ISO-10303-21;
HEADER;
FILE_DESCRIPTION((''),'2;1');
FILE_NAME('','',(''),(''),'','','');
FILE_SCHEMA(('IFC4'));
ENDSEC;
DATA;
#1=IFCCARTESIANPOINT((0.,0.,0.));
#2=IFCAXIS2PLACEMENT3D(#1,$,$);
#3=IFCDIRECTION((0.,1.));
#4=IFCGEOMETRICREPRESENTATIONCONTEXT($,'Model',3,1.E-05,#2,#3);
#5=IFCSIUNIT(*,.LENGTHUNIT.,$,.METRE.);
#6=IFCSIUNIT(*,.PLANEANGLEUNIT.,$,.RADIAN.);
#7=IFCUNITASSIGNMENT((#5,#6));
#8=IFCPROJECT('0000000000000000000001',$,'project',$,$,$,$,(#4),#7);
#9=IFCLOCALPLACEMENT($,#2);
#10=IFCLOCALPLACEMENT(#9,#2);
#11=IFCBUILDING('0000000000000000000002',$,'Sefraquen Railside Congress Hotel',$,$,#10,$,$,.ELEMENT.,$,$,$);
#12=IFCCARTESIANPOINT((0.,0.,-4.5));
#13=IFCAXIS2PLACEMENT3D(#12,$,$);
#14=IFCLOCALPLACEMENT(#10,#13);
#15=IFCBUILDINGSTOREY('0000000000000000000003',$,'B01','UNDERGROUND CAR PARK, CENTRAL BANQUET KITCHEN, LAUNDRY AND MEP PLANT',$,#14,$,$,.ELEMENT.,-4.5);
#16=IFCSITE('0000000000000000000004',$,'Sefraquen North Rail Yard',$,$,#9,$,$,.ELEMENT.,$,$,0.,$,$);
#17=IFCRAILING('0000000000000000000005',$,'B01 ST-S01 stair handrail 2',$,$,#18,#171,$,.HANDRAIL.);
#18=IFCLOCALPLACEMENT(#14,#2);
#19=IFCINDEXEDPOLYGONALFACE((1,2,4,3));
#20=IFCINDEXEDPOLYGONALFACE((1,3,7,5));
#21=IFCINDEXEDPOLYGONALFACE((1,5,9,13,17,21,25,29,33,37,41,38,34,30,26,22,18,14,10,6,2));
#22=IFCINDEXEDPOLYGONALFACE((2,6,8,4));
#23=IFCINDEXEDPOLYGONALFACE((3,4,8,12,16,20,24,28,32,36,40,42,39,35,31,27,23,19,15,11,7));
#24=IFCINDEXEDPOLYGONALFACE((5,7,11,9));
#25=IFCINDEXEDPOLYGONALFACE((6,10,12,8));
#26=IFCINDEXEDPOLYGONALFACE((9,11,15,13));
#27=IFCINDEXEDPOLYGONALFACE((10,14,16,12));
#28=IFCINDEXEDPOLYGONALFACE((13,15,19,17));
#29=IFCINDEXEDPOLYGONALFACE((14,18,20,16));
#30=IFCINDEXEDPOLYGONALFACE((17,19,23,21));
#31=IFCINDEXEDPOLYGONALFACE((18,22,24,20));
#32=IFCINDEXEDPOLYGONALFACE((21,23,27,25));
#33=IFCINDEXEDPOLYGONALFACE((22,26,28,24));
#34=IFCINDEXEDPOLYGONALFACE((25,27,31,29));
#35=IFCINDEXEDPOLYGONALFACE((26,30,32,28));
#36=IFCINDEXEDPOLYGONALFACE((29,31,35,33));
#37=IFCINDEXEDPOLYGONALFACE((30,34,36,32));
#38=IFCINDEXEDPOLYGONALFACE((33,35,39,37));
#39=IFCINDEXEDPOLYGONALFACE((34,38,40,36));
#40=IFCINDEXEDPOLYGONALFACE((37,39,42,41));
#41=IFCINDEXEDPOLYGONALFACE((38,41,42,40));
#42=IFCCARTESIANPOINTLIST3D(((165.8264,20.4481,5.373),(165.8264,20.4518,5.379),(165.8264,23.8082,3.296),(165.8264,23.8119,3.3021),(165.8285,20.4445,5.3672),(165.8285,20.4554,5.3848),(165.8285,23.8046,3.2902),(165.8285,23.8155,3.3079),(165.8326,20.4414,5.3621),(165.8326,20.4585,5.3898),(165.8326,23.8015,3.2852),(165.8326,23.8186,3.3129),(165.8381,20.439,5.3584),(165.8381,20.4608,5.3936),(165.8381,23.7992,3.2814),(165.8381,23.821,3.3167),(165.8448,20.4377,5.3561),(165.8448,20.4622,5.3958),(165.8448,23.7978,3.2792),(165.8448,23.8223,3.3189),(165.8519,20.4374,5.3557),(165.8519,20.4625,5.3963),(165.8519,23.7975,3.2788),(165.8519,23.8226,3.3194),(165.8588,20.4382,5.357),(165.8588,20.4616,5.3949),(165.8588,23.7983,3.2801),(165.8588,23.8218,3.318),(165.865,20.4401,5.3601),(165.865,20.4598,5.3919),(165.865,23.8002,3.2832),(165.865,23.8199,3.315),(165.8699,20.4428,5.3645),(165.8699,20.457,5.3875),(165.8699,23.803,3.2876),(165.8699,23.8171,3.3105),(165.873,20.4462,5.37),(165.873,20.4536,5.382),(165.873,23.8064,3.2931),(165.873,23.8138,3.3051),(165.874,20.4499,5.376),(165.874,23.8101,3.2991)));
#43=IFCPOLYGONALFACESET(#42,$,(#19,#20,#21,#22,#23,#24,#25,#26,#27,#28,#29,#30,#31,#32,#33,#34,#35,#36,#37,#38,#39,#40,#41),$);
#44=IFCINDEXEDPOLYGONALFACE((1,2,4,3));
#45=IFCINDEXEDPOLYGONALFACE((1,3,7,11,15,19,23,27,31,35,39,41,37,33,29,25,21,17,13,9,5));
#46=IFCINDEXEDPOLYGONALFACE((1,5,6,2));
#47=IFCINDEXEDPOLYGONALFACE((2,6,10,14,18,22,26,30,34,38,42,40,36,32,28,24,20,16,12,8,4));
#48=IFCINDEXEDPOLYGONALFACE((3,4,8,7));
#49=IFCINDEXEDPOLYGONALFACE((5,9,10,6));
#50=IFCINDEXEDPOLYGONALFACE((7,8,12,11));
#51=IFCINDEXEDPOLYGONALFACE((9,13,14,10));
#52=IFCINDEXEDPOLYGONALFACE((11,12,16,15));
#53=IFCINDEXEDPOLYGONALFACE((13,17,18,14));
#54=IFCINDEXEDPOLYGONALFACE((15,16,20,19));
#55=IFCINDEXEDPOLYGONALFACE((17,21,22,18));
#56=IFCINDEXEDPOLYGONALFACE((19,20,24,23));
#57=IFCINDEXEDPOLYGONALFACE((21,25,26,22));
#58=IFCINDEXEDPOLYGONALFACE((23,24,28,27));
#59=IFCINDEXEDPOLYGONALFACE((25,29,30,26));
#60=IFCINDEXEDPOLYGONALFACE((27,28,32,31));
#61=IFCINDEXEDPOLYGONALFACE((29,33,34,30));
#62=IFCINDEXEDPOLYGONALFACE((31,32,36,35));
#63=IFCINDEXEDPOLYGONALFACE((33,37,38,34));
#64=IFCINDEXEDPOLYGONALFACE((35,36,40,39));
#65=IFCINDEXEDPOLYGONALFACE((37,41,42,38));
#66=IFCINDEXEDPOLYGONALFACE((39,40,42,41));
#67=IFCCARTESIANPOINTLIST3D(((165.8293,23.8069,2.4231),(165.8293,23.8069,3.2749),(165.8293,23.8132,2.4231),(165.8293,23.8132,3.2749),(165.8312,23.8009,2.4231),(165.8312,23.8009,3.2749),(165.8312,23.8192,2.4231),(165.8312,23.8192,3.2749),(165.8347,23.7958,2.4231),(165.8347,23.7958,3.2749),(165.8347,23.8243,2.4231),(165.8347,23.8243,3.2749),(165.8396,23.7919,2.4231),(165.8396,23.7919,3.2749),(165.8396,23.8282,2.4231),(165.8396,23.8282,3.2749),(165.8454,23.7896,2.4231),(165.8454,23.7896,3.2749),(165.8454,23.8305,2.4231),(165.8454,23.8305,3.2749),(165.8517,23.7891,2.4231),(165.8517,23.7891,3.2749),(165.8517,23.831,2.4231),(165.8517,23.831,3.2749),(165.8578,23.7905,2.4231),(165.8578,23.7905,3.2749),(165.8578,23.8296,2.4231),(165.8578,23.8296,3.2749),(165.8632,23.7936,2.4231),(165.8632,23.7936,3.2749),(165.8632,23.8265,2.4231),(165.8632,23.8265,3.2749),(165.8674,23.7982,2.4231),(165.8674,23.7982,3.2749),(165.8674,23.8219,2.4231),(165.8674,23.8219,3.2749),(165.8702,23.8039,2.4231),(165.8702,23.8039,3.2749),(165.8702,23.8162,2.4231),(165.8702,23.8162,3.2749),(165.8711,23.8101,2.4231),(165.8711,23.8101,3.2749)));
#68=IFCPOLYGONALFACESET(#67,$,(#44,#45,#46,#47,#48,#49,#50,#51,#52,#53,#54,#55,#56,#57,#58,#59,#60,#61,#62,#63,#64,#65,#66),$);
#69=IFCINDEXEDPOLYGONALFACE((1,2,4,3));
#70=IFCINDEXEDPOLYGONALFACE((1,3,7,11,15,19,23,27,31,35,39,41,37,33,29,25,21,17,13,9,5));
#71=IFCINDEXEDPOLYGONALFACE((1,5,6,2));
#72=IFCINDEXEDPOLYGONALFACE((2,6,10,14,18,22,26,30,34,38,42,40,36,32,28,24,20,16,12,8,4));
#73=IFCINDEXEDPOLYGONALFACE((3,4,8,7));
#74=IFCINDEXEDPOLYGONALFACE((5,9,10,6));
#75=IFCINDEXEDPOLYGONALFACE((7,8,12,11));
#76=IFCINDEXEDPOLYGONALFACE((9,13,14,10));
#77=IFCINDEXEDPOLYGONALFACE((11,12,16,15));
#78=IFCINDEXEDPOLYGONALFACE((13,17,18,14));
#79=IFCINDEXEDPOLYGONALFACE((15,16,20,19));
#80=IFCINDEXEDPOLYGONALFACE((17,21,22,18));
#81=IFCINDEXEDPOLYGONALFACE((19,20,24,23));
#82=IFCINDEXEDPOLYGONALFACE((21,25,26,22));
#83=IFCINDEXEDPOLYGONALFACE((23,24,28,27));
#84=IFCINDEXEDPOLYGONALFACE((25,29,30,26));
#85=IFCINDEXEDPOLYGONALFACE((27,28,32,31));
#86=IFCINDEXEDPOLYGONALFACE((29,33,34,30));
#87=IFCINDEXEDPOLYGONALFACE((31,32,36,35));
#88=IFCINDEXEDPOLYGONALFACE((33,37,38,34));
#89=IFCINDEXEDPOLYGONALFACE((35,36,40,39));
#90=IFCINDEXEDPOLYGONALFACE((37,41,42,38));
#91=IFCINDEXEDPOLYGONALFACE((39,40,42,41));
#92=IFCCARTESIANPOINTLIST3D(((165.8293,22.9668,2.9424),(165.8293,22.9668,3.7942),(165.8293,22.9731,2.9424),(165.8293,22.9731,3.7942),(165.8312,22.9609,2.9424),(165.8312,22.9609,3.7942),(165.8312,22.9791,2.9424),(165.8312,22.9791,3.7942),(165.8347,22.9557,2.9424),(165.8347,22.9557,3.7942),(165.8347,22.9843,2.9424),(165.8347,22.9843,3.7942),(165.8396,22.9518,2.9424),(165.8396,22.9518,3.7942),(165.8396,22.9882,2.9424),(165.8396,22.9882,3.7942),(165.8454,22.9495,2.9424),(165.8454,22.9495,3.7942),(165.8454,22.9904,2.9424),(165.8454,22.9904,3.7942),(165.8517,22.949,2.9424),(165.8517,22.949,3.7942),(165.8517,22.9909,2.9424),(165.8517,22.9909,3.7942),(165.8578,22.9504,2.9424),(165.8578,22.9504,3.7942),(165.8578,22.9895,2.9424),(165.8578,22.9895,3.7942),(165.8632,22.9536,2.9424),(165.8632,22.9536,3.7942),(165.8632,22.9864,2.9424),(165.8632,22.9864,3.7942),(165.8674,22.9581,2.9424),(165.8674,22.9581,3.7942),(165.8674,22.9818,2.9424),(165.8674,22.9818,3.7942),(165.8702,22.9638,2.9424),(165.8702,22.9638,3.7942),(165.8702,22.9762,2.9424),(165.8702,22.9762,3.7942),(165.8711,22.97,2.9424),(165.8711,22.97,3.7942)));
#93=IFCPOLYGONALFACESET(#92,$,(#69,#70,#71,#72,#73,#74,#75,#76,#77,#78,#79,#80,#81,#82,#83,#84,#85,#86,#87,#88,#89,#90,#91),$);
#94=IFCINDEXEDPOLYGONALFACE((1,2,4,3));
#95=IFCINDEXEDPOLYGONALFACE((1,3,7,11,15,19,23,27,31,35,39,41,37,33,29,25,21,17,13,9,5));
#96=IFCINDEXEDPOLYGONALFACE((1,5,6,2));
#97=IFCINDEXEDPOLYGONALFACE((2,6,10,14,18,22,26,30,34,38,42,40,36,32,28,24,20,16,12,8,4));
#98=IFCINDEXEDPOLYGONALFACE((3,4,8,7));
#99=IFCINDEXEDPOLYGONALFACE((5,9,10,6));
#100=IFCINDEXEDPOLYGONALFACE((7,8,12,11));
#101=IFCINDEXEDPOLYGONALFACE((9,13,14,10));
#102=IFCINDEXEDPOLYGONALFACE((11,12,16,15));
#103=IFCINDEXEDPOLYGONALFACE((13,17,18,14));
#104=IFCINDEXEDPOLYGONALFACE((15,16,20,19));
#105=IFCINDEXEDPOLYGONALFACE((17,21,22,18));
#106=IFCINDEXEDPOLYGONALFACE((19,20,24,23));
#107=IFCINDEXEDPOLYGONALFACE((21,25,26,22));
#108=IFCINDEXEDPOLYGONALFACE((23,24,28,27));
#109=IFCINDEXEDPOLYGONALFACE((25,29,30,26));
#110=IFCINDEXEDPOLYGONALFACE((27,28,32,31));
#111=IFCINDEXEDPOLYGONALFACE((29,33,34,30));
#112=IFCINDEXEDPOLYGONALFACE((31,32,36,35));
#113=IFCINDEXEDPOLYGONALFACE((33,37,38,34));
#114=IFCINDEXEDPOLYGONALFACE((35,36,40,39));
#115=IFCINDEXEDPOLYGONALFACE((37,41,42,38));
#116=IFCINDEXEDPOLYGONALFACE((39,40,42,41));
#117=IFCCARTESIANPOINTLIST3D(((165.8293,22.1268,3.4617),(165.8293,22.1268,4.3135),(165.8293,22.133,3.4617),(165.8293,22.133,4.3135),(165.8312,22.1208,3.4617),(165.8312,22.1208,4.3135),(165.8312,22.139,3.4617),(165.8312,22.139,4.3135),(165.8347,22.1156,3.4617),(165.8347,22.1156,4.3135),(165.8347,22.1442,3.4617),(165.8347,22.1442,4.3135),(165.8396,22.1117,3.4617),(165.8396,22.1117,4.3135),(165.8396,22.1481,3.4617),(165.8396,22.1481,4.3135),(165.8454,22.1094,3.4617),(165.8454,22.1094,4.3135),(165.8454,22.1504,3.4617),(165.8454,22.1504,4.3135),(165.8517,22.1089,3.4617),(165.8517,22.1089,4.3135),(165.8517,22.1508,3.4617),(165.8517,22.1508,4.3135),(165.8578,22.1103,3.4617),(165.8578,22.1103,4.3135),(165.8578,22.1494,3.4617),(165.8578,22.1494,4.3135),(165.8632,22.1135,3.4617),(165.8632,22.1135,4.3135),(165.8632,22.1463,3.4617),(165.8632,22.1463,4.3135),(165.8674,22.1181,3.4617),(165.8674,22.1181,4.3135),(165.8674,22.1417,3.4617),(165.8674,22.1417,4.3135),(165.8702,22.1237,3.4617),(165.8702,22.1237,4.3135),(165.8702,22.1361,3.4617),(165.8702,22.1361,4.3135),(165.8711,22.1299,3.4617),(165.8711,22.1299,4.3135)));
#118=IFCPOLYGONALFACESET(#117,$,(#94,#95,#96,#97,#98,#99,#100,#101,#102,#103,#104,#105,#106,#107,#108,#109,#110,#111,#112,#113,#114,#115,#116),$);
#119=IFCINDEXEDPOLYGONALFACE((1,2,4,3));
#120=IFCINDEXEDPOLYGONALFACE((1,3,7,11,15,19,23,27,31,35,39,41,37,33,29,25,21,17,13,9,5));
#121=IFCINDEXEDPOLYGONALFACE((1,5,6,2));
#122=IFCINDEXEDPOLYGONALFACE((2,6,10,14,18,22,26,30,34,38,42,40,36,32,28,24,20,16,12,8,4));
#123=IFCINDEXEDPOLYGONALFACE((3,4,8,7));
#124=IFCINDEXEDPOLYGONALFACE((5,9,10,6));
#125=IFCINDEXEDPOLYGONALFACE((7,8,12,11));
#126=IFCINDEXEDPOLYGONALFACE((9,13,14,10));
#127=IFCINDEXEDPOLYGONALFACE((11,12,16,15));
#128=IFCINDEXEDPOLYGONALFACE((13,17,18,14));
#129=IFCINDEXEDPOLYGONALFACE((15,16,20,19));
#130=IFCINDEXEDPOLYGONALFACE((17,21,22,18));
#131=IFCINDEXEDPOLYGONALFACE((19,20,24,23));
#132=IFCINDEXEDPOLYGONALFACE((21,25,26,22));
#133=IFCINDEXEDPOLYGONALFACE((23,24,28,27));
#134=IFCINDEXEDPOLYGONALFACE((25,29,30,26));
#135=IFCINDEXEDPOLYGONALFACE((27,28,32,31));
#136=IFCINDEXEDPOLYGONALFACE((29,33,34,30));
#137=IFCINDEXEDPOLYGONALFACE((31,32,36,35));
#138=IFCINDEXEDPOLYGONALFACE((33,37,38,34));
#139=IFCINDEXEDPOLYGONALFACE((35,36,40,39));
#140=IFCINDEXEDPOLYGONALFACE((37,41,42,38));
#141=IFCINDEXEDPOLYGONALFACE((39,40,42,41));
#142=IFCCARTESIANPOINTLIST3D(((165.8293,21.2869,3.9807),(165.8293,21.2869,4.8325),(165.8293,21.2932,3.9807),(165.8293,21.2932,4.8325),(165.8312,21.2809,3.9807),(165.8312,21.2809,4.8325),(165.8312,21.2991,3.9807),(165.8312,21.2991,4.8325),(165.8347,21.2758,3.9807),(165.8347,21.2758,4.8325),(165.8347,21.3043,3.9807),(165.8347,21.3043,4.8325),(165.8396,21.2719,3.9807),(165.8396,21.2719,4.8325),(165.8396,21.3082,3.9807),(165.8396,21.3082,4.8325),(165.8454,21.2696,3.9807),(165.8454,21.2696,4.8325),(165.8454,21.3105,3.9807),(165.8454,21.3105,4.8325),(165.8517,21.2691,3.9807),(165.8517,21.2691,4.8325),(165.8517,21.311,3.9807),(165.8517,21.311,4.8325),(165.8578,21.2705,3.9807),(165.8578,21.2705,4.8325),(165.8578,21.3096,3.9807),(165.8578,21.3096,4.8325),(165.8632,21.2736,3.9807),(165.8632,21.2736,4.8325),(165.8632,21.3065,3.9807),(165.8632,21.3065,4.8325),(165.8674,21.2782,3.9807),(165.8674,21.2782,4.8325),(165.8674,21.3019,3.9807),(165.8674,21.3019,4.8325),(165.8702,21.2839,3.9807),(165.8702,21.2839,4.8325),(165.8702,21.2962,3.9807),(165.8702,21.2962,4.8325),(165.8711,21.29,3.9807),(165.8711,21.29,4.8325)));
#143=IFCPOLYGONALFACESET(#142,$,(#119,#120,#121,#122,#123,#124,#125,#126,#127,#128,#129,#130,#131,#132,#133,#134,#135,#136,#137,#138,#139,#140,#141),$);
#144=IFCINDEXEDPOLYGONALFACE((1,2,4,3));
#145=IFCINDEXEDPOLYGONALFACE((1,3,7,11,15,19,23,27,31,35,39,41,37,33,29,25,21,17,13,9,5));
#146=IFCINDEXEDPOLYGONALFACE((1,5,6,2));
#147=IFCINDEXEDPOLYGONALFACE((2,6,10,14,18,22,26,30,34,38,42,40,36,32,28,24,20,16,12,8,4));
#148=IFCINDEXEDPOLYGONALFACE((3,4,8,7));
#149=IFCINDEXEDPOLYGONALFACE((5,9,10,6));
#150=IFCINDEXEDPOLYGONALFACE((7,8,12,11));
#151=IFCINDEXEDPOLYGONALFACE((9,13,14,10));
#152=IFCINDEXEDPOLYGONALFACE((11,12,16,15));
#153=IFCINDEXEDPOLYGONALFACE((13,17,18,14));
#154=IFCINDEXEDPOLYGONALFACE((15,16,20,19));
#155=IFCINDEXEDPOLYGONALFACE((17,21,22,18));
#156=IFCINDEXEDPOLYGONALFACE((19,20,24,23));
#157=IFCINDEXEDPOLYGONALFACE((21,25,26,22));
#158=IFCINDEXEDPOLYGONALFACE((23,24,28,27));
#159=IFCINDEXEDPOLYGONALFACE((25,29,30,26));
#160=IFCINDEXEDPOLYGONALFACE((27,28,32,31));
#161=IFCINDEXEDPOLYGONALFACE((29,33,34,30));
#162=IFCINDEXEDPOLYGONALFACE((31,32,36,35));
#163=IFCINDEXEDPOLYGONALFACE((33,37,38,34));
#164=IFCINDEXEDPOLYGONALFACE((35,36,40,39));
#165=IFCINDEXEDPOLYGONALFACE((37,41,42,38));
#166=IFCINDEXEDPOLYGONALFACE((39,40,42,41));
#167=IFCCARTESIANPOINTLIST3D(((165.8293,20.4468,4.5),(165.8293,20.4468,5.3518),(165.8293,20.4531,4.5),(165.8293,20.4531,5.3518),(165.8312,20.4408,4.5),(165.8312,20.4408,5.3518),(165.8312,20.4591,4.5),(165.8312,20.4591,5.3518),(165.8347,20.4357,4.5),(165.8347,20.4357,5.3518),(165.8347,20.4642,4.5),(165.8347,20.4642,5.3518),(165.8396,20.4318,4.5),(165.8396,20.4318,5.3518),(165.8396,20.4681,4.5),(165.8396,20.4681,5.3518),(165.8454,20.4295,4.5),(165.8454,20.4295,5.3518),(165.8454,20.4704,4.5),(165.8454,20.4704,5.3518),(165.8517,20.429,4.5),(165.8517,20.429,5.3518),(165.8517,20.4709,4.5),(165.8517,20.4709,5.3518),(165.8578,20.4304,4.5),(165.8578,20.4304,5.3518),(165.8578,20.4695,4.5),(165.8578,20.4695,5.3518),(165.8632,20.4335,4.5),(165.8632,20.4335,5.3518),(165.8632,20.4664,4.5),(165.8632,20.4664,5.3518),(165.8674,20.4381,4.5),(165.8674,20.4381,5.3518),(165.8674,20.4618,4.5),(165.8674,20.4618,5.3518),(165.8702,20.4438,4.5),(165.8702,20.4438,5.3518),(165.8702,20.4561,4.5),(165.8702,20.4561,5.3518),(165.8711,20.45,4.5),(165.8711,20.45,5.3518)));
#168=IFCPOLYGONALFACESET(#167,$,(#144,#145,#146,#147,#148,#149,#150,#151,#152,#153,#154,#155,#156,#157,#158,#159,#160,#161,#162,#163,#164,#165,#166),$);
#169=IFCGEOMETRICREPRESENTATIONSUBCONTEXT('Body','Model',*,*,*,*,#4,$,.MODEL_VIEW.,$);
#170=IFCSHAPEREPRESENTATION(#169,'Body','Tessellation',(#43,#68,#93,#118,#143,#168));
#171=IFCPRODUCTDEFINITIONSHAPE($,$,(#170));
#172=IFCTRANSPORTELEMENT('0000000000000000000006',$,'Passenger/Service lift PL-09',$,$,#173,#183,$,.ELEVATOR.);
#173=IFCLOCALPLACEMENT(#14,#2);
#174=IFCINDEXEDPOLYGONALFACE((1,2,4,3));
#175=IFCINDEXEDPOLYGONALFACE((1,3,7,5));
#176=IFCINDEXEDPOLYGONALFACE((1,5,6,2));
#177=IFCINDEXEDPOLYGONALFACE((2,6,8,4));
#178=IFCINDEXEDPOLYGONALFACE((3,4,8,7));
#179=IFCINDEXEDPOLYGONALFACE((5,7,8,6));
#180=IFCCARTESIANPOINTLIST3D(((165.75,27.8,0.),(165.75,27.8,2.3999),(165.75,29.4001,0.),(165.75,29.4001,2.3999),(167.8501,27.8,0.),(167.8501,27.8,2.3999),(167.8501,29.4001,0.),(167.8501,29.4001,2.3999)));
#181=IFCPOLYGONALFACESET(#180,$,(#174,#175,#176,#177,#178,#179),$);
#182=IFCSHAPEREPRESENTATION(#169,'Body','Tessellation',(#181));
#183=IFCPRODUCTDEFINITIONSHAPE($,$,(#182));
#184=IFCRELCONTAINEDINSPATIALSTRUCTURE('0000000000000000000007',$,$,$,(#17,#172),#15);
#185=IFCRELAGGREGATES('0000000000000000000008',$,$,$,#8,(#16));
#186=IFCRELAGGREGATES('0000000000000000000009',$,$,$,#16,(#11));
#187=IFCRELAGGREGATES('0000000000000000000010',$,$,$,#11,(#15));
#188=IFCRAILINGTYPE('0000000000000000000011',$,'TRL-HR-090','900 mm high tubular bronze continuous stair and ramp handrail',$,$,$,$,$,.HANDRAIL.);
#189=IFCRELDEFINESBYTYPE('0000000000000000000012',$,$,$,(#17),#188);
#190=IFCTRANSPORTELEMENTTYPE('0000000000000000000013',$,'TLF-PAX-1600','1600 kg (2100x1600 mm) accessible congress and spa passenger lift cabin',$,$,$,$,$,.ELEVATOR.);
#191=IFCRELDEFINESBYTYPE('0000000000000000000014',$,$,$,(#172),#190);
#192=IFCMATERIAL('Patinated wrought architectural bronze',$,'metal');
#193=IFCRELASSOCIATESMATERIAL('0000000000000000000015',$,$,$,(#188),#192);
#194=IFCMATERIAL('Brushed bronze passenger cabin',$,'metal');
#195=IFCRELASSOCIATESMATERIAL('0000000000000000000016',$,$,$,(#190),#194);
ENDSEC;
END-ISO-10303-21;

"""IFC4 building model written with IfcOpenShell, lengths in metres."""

from ifc_helpers import new_model, si_unit, direction, frame, origin, origin_2d, place, context, subcontext, project, spatial, rectangle, circle, extrude, material, type_object, element, save


model = new_model("IFC4")

# Units and contexts
model_context = context("Model", 3, precision=1e-05, world=origin(), true_north=direction((0.0, 1.0)))
body_context = subcontext(model_context, "Body", "Model", "MODEL_VIEW")
ifc_project = project(units=[si_unit("LENGTHUNIT", "METRE"), si_unit("PLANEANGLEUNIT", "RADIAN")], contexts=[model_context])

# Site, building, storey
site_placement = place(None, origin())
site = spatial("IfcSite", under=ifc_project, at=site_placement, Name="Sefraquen North Rail Yard", CompositionType="ELEMENT", RefElevation=0.0)
building_placement = place(site_placement, origin())
building = spatial("IfcBuilding", under=site, at=building_placement, Name="Sefraquen Railside Congress Hotel", CompositionType="ELEMENT")
storey_placement = place(building_placement, frame((0.0, 0.0, -4.5)))
storey = spatial("IfcBuildingStorey", under=building, at=storey_placement, Name="B01", Description="UNDERGROUND CAR PARK, CENTRAL BANQUET KITCHEN, LAUNDRY AND MEP PLANT", CompositionType="ELEMENT", Elevation=-4.5)

# Railing
ifc_material_1 = material(Name="Patinated wrought architectural bronze", Category="metal")
railing_type_1 = type_object("IfcRailingType", Name="TRL-HR-090", Description="900 mm high tubular bronze continuous stair and ramp handrail", PredefinedType="HANDRAIL", material=ifc_material_1)
railing_1_placement = place(storey_placement, frame((165.8501, 23.8101, 2.4231)))
element("IfcRailing", 1, at=railing_1_placement, inside=storey, type_object=railing_type_1, Name="B01 ST-S01 stair handrail 2", PredefinedType="HANDRAIL", context=body_context, shape_type="SweptSolid", body=[
    extrude(circle(Radius=0.0239, at=origin_2d()), frame((0.0, 0.0, 0.876), z_axis=(0.0, -0.850623, 0.525776), x_axis=(1.0, 0.0, 0.0)), (0.0, 0.0, 1.0), 3.9502),
    extrude(circle(Radius=0.021, at=origin_2d()), origin(), (0.0, 0.0, 1.0), 0.8518),
    extrude(circle(Radius=0.021, at=origin_2d()), frame((0.0, -0.8401, 0.5193)), (0.0, 0.0, 1.0), 0.8518),
    extrude(circle(Radius=0.021, at=origin_2d()), frame((0.0, -1.6802, 1.0386)), (0.0, 0.0, 1.0), 0.8518),
    extrude(circle(Radius=0.021, at=origin_2d()), frame((0.0, -2.52, 1.5576)), (0.0, 0.0, 1.0), 0.8518),
    extrude(circle(Radius=0.021, at=origin_2d()), frame((0.0, -3.3601, 2.0769)), (0.0, 0.0, 1.0), 0.8518),
])

# Transport element
ifc_material_2 = material(Name="Brushed bronze passenger cabin", Category="metal")
transport_element_type = type_object("IfcTransportElementType", Name="TLF-PAX-1600", Description="1600 kg (2100x1600 mm) accessible congress and spa passenger lift cabin", PredefinedType="ELEVATOR", material=ifc_material_2)
transport_element_placement = place(storey_placement, frame((166.8, 28.6001, 0.0), z_axis=(0.0, 0.0, 1.0), x_axis=(1.0, 0.0, 0.0)))
element("IfcTransportElement", 2, at=transport_element_placement, inside=storey, type_object=transport_element_type, Name="Passenger/Service lift PL-09", PredefinedType="ELEVATOR", context=body_context, shape_type="SweptSolid", body=[
    extrude(rectangle(XDim=2.1001, YDim=1.6001, at=origin_2d()), origin(), (0.0, 0.0, 1.0), 2.3999),
])

save(model, "model.ifc")
